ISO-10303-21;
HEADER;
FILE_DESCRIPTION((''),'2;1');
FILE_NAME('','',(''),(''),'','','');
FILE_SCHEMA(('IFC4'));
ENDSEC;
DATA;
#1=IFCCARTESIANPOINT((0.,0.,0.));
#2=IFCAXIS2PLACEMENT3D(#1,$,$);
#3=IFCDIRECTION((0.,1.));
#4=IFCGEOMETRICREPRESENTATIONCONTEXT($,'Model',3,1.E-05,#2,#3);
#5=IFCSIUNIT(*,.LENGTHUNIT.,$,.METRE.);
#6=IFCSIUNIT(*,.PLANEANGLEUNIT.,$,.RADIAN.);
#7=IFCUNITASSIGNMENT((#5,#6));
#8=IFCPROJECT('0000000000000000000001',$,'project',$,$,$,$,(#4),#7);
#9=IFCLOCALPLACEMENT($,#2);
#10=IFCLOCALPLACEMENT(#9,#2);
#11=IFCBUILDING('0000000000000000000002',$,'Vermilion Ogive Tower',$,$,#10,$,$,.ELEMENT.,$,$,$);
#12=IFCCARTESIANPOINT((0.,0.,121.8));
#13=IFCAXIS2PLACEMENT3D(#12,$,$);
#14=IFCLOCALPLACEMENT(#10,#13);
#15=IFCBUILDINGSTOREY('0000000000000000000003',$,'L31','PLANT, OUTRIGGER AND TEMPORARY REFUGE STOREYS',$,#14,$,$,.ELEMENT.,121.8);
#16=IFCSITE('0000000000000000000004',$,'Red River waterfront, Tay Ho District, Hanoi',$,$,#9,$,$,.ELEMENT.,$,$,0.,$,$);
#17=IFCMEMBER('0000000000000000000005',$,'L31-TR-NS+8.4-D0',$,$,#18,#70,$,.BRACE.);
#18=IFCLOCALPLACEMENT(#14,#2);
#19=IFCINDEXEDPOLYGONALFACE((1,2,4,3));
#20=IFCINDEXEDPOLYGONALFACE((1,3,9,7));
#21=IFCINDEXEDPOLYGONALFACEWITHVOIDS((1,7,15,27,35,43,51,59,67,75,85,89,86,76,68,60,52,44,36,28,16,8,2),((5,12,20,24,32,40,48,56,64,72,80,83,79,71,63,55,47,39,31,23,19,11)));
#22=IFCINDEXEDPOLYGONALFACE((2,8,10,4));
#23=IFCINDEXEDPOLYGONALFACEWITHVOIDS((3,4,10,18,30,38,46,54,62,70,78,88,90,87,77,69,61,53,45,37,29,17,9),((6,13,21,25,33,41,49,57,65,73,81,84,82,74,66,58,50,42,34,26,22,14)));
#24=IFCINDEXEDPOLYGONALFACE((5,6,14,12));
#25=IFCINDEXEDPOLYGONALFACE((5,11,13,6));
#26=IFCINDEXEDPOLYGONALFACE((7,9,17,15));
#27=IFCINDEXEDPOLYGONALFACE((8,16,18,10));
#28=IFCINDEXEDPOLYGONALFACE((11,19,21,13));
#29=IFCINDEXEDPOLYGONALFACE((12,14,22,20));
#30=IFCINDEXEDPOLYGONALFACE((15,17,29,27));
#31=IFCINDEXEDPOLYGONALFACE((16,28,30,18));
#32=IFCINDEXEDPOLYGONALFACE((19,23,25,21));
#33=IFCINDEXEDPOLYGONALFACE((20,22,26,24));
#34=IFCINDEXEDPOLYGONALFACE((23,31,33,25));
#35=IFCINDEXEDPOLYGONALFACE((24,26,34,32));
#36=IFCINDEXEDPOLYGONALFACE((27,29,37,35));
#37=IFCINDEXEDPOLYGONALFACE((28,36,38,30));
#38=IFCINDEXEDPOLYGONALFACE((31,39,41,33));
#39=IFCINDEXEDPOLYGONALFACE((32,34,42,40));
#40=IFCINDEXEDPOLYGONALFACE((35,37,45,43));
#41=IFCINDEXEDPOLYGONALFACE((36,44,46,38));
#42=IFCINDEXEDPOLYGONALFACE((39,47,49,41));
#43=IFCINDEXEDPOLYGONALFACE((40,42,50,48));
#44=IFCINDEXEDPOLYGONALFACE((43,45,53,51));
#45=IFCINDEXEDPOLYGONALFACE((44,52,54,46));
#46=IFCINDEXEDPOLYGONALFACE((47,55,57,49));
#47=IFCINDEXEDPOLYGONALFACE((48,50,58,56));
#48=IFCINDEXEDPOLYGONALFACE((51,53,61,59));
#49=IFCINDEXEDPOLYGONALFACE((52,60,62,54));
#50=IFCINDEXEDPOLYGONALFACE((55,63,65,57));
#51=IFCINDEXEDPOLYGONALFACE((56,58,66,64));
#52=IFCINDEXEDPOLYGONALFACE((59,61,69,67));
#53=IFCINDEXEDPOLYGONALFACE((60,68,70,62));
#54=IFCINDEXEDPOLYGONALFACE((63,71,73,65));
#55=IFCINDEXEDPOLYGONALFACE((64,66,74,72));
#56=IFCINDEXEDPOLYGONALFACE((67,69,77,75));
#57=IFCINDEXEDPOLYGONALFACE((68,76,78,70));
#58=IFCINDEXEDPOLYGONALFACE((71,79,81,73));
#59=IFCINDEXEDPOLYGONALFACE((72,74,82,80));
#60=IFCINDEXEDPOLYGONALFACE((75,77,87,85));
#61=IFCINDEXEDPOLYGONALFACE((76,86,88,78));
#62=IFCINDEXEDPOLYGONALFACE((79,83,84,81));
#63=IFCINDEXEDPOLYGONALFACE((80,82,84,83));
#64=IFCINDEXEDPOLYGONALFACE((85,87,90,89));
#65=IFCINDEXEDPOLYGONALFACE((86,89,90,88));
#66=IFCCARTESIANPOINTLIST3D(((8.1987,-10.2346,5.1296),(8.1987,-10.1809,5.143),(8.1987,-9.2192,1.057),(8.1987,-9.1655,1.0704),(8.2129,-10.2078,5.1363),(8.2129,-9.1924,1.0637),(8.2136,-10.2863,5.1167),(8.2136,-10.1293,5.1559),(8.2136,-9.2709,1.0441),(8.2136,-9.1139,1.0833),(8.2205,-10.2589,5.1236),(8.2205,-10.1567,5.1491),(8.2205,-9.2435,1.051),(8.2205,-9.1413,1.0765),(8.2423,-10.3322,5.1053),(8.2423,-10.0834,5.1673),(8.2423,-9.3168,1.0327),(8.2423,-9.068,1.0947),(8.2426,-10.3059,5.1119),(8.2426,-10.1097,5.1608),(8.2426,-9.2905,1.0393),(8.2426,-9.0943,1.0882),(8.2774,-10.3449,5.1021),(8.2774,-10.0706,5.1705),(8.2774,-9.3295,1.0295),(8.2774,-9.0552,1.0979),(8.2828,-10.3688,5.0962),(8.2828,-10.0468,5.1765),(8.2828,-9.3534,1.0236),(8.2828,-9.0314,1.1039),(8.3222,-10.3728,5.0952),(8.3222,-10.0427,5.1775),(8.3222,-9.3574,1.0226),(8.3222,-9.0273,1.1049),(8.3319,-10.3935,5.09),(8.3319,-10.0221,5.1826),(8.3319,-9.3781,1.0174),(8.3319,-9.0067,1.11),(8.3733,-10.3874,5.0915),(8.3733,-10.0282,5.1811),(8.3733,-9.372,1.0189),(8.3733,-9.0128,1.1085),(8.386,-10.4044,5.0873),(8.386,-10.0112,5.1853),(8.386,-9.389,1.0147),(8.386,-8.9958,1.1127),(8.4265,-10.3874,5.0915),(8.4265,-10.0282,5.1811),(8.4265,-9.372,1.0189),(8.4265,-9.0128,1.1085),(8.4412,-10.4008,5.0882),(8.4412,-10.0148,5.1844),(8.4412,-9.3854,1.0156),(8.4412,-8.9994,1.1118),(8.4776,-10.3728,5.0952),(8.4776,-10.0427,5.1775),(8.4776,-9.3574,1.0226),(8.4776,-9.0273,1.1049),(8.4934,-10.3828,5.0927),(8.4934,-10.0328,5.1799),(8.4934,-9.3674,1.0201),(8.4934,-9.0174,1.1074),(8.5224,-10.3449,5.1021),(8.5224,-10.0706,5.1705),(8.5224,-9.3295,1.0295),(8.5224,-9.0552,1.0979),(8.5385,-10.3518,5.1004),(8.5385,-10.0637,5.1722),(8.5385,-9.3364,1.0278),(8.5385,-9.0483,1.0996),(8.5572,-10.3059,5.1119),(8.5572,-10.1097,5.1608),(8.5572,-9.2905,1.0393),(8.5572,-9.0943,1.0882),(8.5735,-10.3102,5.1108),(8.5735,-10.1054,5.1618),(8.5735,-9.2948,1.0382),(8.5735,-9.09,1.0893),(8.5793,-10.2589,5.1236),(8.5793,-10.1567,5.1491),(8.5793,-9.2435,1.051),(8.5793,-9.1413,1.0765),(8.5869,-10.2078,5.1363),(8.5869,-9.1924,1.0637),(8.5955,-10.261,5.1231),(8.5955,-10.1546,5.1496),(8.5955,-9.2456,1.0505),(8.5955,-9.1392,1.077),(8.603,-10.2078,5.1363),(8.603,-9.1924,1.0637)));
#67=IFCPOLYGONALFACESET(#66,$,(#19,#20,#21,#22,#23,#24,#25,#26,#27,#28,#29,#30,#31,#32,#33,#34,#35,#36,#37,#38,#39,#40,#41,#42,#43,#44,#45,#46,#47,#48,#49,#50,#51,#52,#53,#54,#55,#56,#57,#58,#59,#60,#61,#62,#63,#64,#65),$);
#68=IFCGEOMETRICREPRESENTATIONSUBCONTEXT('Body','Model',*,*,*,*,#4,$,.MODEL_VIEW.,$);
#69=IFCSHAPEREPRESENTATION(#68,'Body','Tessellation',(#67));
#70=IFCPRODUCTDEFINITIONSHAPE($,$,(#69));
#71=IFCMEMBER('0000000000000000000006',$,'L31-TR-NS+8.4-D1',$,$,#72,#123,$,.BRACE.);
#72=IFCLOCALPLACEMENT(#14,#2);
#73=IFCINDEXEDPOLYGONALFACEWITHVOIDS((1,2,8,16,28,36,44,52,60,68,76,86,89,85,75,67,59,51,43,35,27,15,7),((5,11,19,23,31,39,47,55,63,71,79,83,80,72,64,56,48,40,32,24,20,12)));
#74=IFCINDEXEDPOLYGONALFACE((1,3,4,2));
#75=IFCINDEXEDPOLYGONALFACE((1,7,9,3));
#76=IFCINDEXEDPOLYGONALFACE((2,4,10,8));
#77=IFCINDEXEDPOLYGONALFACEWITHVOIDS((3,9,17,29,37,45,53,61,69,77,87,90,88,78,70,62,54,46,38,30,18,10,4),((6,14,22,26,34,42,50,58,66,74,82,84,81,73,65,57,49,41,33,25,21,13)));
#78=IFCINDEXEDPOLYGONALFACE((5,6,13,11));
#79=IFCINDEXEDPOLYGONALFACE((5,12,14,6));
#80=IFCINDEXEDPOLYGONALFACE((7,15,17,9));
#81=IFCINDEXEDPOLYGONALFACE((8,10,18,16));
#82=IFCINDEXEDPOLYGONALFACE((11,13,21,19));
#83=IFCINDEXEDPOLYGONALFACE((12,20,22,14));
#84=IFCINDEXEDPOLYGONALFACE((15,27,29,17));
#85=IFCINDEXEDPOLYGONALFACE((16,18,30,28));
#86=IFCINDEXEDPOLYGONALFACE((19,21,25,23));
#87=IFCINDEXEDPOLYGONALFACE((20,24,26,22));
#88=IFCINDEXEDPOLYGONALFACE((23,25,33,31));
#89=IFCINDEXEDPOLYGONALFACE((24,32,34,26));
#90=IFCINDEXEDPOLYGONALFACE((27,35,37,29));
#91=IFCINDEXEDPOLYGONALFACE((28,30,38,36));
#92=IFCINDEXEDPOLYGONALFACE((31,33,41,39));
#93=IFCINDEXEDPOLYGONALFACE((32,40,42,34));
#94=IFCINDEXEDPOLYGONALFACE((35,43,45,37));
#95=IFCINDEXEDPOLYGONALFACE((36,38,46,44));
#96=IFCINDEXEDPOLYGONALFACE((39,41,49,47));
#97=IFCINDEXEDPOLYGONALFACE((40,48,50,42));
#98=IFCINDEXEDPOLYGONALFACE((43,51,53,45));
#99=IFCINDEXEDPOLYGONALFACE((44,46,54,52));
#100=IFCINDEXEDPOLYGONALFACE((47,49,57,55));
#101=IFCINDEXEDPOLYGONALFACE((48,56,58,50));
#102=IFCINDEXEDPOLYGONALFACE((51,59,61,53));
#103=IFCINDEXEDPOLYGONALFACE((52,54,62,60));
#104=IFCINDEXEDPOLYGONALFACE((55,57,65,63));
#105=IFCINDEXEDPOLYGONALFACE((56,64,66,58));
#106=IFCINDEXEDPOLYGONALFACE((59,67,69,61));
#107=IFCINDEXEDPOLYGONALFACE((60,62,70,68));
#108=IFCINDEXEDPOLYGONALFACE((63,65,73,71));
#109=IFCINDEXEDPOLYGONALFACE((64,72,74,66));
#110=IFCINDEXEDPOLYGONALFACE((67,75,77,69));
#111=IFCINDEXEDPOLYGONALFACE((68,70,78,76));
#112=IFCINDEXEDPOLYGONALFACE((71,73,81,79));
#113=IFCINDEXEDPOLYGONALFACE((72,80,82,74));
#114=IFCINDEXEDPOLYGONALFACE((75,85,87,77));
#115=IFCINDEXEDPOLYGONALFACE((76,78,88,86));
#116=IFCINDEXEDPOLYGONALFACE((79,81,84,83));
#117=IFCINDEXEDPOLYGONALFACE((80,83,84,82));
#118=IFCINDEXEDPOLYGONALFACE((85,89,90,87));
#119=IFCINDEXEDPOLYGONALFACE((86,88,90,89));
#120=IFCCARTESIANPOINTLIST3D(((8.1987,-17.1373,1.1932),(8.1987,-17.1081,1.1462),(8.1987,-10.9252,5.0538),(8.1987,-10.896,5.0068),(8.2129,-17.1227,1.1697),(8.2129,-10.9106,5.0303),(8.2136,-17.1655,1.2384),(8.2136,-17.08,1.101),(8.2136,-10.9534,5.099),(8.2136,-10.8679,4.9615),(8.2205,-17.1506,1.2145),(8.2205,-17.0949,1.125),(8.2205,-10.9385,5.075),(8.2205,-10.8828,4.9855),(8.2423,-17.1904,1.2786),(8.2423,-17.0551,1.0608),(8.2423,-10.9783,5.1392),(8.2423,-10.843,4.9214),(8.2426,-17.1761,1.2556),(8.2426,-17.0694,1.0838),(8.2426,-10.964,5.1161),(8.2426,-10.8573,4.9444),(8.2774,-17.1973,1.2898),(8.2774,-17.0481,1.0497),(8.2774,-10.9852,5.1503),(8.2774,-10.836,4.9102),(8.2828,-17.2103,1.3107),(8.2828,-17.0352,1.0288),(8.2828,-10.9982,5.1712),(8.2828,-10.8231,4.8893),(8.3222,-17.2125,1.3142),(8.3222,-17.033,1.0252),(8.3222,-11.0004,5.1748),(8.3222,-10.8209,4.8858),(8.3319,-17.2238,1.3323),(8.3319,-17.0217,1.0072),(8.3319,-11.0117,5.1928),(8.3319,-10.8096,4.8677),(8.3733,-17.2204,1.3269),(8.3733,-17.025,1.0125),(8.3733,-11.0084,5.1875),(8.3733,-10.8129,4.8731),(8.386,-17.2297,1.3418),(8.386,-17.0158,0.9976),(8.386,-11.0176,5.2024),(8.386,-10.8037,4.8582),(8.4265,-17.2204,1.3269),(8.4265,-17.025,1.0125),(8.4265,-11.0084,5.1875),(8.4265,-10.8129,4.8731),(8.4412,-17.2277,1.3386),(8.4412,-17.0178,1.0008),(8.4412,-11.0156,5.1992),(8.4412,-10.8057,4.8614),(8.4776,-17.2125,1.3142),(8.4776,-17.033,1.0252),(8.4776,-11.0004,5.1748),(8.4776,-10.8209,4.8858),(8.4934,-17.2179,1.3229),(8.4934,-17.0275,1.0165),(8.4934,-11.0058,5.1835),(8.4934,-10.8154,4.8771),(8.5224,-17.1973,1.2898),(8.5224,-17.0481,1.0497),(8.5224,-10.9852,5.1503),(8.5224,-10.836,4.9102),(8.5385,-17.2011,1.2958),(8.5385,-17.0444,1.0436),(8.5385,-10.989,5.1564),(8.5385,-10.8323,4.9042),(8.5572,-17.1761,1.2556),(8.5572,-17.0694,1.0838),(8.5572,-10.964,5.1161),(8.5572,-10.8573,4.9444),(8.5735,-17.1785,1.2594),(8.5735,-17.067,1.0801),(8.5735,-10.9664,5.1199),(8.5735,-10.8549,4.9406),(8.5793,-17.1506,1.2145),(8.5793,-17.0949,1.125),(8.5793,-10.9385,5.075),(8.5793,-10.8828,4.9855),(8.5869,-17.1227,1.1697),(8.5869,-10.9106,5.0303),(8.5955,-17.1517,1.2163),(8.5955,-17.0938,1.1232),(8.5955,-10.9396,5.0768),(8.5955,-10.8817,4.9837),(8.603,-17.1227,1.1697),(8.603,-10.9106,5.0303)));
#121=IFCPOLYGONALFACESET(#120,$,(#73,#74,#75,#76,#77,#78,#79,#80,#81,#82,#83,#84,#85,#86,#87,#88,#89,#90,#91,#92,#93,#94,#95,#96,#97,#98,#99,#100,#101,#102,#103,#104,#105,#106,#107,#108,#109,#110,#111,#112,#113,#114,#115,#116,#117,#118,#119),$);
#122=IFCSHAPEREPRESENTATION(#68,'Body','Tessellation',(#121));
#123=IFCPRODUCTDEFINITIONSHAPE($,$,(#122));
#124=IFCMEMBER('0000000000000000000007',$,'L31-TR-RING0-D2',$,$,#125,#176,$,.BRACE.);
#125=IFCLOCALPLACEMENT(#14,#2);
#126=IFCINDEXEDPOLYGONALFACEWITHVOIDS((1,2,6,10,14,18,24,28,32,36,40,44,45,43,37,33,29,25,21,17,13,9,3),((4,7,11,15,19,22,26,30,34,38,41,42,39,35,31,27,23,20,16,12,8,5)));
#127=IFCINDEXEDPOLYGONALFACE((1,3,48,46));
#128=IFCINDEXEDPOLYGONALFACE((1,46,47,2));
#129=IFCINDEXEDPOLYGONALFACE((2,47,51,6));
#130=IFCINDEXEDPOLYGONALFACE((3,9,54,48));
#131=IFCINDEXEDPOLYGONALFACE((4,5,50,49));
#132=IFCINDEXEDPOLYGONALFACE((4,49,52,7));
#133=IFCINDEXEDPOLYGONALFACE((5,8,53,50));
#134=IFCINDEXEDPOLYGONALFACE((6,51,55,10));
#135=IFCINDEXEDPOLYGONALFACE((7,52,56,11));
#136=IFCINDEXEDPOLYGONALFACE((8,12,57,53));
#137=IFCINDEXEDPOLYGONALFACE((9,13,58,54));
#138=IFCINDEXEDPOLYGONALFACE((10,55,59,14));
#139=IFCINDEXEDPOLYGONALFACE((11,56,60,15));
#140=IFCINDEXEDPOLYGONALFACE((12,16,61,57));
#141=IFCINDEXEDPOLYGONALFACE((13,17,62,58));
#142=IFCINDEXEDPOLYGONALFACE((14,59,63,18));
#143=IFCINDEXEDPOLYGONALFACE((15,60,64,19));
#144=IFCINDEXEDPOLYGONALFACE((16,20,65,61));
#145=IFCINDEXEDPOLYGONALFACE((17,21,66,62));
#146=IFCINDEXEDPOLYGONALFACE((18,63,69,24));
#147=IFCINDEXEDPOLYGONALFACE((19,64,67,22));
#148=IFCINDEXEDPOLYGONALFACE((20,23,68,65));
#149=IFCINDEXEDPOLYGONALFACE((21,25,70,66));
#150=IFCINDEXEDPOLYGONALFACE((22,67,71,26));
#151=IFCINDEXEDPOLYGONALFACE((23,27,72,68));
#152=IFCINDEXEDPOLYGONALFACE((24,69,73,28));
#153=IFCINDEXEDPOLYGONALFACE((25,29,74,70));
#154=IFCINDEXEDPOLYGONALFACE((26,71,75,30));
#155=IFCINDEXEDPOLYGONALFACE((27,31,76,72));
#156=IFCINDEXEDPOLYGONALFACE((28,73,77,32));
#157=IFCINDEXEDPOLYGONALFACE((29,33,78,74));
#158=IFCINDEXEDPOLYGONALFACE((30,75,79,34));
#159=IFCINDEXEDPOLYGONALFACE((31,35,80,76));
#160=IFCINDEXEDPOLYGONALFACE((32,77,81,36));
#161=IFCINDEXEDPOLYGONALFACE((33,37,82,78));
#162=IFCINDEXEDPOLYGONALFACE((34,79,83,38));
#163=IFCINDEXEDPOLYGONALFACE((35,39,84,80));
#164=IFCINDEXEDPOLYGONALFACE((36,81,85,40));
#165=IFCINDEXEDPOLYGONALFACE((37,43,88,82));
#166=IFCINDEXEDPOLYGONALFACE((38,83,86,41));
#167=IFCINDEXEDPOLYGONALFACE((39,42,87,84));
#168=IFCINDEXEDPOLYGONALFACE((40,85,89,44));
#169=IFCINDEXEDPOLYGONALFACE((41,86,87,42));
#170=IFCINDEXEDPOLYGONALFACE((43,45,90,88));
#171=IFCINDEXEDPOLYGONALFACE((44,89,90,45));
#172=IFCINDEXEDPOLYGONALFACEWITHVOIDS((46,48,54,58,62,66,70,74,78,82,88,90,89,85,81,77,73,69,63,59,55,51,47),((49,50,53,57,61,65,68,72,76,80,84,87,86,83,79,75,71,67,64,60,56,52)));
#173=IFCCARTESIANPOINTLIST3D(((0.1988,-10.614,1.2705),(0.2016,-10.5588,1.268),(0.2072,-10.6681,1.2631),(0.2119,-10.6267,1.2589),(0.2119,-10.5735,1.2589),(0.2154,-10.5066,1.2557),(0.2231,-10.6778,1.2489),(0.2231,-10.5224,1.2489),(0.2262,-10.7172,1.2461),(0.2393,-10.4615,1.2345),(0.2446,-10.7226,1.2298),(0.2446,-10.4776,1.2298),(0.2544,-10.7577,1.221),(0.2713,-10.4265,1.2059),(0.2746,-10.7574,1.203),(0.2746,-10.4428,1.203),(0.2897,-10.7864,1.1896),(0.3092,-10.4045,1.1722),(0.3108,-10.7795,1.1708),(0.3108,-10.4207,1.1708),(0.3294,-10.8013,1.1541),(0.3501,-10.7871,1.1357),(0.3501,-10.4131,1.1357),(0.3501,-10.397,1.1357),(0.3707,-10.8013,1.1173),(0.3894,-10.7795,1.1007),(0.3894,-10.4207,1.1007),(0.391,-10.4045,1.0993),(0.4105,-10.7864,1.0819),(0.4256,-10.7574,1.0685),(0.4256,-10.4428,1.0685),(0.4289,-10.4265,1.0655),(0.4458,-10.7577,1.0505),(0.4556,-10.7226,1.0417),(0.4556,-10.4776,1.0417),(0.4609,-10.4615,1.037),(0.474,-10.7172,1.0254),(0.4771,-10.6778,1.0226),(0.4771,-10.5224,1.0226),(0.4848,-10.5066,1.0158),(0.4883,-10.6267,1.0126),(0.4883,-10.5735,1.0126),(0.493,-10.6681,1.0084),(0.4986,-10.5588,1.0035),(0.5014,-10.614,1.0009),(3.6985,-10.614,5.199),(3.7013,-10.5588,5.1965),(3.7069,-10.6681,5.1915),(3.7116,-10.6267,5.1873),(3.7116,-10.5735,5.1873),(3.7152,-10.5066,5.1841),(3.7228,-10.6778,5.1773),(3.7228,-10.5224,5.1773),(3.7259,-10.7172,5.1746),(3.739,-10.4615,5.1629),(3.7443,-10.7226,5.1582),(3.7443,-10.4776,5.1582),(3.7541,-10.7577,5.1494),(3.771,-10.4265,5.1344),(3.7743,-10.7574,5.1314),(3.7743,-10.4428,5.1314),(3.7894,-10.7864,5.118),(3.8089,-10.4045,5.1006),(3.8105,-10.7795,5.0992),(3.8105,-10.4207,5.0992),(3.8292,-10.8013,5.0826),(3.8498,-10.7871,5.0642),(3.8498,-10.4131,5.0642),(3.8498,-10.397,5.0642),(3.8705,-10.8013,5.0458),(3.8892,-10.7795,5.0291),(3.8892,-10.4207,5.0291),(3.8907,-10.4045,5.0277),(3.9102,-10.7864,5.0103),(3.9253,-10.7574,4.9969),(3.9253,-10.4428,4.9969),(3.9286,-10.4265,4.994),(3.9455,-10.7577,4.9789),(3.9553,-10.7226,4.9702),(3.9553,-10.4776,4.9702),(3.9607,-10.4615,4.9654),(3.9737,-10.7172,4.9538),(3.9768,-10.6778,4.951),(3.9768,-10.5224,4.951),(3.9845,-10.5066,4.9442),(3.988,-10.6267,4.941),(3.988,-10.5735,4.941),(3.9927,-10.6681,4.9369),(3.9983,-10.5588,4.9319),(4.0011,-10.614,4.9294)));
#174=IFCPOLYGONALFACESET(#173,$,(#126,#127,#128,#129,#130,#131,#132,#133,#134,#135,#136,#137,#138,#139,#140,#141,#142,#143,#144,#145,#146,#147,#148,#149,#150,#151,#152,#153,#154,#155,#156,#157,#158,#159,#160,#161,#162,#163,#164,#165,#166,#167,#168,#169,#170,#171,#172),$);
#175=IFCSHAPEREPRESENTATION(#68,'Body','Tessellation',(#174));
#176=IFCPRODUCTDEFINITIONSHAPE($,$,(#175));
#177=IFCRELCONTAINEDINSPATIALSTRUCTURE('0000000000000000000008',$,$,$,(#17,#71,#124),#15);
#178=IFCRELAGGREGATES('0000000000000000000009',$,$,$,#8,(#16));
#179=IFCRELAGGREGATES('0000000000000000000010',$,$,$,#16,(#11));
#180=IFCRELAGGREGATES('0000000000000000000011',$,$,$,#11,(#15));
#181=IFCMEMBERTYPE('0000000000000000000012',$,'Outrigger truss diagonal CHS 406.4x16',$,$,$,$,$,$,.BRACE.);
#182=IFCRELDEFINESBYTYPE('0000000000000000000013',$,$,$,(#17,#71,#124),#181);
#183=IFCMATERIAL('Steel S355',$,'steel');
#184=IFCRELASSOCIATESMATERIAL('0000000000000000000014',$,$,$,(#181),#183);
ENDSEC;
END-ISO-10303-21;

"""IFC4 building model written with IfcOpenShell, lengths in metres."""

from ifc_helpers import new_model, si_unit, direction, frame, origin, origin_2d, place, context, subcontext, project, spatial, hollow_circle, extrude, material, material_profile, profile_set, type_object, element, save


model = new_model("IFC4")

# Units and contexts
model_context = context("Model", 3, precision=1e-05, world=origin(), true_north=direction((0.0, 1.0)))
body_context = subcontext(model_context, "Body", "Model", "MODEL_VIEW")
ifc_project = project(units=[si_unit("LENGTHUNIT", "METRE"), si_unit("PLANEANGLEUNIT", "RADIAN")], contexts=[model_context])

# Site, building, storey
site_placement = place(None, origin())
site = spatial("IfcSite", under=ifc_project, at=site_placement, Name="Red River waterfront, Tay Ho District, Hanoi", CompositionType="ELEMENT", RefElevation=0.0)
building_placement = place(site_placement, origin())
building = spatial("IfcBuilding", under=site, at=building_placement, Name="Vermilion Ogive Tower", CompositionType="ELEMENT")
storey_placement = place(building_placement, frame((0.0, 0.0, 121.8)))
storey = spatial("IfcBuildingStorey", under=building, at=storey_placement, Name="L31", Description="PLANT, OUTRIGGER AND TEMPORARY REFUGE STOREYS", CompositionType="ELEMENT", Elevation=121.8)

# Members
ifc_material_1 = material(Name="Steel S355", Category="steel")
ifc_material_profile_1 = material_profile(ifc_material_1, hollow_circle(Radius=0.2031, WallThickness=0.0161, at=origin_2d()), Name="CHS 406.4x16")
ifc_profile_set_1 = profile_set([ifc_material_profile_1], Name="Steel S355")
member_type_1 = type_object("IfcMemberType", Name="Outrigger truss diagonal CHS 406.4x16", PredefinedType="BRACE", material=ifc_profile_set_1)
member_1_placement = place(storey_placement, frame((8.3999, -9.1924, 1.0637), z_axis=(0.0, -0.24192, 0.970296), x_axis=(1.0, 0.0, 0.0)))
element("IfcMember", 1, at=member_1_placement, inside=storey, type_object=member_type_1, Name="L31-TR-NS+8.4-D0", PredefinedType="BRACE", context=body_context, shape_type="SweptSolid", body=[
    extrude(hollow_circle(Radius=0.2031, WallThickness=0.0161, at=origin_2d()), origin(), (0.0, 0.0, 1.0), 4.1973),
])
member_2_placement = place(storey_placement, frame((8.3999, -10.9106, 5.0303), z_axis=(0.0, -0.849348, -0.527834), x_axis=(1.0, 0.0, 0.0)))
element("IfcMember", 2, at=member_2_placement, inside=storey, type_object=member_type_1, Name="L31-TR-NS+8.4-D1", PredefinedType="BRACE", context=body_context, shape_type="SweptSolid", body=[
    extrude(hollow_circle(Radius=0.2031, WallThickness=0.0161, at=origin_2d()), origin(), (0.0, 0.0, 1.0), 7.314),
])
member_3_placement = place(storey_placement, frame((0.3501, -10.6001, 1.1357), z_axis=(0.66519, 0.0, 0.746674), x_axis=(0.0, 1.0, 0.0)))
element("IfcMember", 3, at=member_3_placement, inside=storey, type_object=member_type_1, Name="L31-TR-RING0-D2", PredefinedType="BRACE", context=body_context, shape_type="SweptSolid", body=[
    extrude(hollow_circle(Radius=0.2031, WallThickness=0.0161, at=origin_2d()), origin(), (0.0, 0.0, 1.0), 5.2612),
])

save(model, "model.ifc")
